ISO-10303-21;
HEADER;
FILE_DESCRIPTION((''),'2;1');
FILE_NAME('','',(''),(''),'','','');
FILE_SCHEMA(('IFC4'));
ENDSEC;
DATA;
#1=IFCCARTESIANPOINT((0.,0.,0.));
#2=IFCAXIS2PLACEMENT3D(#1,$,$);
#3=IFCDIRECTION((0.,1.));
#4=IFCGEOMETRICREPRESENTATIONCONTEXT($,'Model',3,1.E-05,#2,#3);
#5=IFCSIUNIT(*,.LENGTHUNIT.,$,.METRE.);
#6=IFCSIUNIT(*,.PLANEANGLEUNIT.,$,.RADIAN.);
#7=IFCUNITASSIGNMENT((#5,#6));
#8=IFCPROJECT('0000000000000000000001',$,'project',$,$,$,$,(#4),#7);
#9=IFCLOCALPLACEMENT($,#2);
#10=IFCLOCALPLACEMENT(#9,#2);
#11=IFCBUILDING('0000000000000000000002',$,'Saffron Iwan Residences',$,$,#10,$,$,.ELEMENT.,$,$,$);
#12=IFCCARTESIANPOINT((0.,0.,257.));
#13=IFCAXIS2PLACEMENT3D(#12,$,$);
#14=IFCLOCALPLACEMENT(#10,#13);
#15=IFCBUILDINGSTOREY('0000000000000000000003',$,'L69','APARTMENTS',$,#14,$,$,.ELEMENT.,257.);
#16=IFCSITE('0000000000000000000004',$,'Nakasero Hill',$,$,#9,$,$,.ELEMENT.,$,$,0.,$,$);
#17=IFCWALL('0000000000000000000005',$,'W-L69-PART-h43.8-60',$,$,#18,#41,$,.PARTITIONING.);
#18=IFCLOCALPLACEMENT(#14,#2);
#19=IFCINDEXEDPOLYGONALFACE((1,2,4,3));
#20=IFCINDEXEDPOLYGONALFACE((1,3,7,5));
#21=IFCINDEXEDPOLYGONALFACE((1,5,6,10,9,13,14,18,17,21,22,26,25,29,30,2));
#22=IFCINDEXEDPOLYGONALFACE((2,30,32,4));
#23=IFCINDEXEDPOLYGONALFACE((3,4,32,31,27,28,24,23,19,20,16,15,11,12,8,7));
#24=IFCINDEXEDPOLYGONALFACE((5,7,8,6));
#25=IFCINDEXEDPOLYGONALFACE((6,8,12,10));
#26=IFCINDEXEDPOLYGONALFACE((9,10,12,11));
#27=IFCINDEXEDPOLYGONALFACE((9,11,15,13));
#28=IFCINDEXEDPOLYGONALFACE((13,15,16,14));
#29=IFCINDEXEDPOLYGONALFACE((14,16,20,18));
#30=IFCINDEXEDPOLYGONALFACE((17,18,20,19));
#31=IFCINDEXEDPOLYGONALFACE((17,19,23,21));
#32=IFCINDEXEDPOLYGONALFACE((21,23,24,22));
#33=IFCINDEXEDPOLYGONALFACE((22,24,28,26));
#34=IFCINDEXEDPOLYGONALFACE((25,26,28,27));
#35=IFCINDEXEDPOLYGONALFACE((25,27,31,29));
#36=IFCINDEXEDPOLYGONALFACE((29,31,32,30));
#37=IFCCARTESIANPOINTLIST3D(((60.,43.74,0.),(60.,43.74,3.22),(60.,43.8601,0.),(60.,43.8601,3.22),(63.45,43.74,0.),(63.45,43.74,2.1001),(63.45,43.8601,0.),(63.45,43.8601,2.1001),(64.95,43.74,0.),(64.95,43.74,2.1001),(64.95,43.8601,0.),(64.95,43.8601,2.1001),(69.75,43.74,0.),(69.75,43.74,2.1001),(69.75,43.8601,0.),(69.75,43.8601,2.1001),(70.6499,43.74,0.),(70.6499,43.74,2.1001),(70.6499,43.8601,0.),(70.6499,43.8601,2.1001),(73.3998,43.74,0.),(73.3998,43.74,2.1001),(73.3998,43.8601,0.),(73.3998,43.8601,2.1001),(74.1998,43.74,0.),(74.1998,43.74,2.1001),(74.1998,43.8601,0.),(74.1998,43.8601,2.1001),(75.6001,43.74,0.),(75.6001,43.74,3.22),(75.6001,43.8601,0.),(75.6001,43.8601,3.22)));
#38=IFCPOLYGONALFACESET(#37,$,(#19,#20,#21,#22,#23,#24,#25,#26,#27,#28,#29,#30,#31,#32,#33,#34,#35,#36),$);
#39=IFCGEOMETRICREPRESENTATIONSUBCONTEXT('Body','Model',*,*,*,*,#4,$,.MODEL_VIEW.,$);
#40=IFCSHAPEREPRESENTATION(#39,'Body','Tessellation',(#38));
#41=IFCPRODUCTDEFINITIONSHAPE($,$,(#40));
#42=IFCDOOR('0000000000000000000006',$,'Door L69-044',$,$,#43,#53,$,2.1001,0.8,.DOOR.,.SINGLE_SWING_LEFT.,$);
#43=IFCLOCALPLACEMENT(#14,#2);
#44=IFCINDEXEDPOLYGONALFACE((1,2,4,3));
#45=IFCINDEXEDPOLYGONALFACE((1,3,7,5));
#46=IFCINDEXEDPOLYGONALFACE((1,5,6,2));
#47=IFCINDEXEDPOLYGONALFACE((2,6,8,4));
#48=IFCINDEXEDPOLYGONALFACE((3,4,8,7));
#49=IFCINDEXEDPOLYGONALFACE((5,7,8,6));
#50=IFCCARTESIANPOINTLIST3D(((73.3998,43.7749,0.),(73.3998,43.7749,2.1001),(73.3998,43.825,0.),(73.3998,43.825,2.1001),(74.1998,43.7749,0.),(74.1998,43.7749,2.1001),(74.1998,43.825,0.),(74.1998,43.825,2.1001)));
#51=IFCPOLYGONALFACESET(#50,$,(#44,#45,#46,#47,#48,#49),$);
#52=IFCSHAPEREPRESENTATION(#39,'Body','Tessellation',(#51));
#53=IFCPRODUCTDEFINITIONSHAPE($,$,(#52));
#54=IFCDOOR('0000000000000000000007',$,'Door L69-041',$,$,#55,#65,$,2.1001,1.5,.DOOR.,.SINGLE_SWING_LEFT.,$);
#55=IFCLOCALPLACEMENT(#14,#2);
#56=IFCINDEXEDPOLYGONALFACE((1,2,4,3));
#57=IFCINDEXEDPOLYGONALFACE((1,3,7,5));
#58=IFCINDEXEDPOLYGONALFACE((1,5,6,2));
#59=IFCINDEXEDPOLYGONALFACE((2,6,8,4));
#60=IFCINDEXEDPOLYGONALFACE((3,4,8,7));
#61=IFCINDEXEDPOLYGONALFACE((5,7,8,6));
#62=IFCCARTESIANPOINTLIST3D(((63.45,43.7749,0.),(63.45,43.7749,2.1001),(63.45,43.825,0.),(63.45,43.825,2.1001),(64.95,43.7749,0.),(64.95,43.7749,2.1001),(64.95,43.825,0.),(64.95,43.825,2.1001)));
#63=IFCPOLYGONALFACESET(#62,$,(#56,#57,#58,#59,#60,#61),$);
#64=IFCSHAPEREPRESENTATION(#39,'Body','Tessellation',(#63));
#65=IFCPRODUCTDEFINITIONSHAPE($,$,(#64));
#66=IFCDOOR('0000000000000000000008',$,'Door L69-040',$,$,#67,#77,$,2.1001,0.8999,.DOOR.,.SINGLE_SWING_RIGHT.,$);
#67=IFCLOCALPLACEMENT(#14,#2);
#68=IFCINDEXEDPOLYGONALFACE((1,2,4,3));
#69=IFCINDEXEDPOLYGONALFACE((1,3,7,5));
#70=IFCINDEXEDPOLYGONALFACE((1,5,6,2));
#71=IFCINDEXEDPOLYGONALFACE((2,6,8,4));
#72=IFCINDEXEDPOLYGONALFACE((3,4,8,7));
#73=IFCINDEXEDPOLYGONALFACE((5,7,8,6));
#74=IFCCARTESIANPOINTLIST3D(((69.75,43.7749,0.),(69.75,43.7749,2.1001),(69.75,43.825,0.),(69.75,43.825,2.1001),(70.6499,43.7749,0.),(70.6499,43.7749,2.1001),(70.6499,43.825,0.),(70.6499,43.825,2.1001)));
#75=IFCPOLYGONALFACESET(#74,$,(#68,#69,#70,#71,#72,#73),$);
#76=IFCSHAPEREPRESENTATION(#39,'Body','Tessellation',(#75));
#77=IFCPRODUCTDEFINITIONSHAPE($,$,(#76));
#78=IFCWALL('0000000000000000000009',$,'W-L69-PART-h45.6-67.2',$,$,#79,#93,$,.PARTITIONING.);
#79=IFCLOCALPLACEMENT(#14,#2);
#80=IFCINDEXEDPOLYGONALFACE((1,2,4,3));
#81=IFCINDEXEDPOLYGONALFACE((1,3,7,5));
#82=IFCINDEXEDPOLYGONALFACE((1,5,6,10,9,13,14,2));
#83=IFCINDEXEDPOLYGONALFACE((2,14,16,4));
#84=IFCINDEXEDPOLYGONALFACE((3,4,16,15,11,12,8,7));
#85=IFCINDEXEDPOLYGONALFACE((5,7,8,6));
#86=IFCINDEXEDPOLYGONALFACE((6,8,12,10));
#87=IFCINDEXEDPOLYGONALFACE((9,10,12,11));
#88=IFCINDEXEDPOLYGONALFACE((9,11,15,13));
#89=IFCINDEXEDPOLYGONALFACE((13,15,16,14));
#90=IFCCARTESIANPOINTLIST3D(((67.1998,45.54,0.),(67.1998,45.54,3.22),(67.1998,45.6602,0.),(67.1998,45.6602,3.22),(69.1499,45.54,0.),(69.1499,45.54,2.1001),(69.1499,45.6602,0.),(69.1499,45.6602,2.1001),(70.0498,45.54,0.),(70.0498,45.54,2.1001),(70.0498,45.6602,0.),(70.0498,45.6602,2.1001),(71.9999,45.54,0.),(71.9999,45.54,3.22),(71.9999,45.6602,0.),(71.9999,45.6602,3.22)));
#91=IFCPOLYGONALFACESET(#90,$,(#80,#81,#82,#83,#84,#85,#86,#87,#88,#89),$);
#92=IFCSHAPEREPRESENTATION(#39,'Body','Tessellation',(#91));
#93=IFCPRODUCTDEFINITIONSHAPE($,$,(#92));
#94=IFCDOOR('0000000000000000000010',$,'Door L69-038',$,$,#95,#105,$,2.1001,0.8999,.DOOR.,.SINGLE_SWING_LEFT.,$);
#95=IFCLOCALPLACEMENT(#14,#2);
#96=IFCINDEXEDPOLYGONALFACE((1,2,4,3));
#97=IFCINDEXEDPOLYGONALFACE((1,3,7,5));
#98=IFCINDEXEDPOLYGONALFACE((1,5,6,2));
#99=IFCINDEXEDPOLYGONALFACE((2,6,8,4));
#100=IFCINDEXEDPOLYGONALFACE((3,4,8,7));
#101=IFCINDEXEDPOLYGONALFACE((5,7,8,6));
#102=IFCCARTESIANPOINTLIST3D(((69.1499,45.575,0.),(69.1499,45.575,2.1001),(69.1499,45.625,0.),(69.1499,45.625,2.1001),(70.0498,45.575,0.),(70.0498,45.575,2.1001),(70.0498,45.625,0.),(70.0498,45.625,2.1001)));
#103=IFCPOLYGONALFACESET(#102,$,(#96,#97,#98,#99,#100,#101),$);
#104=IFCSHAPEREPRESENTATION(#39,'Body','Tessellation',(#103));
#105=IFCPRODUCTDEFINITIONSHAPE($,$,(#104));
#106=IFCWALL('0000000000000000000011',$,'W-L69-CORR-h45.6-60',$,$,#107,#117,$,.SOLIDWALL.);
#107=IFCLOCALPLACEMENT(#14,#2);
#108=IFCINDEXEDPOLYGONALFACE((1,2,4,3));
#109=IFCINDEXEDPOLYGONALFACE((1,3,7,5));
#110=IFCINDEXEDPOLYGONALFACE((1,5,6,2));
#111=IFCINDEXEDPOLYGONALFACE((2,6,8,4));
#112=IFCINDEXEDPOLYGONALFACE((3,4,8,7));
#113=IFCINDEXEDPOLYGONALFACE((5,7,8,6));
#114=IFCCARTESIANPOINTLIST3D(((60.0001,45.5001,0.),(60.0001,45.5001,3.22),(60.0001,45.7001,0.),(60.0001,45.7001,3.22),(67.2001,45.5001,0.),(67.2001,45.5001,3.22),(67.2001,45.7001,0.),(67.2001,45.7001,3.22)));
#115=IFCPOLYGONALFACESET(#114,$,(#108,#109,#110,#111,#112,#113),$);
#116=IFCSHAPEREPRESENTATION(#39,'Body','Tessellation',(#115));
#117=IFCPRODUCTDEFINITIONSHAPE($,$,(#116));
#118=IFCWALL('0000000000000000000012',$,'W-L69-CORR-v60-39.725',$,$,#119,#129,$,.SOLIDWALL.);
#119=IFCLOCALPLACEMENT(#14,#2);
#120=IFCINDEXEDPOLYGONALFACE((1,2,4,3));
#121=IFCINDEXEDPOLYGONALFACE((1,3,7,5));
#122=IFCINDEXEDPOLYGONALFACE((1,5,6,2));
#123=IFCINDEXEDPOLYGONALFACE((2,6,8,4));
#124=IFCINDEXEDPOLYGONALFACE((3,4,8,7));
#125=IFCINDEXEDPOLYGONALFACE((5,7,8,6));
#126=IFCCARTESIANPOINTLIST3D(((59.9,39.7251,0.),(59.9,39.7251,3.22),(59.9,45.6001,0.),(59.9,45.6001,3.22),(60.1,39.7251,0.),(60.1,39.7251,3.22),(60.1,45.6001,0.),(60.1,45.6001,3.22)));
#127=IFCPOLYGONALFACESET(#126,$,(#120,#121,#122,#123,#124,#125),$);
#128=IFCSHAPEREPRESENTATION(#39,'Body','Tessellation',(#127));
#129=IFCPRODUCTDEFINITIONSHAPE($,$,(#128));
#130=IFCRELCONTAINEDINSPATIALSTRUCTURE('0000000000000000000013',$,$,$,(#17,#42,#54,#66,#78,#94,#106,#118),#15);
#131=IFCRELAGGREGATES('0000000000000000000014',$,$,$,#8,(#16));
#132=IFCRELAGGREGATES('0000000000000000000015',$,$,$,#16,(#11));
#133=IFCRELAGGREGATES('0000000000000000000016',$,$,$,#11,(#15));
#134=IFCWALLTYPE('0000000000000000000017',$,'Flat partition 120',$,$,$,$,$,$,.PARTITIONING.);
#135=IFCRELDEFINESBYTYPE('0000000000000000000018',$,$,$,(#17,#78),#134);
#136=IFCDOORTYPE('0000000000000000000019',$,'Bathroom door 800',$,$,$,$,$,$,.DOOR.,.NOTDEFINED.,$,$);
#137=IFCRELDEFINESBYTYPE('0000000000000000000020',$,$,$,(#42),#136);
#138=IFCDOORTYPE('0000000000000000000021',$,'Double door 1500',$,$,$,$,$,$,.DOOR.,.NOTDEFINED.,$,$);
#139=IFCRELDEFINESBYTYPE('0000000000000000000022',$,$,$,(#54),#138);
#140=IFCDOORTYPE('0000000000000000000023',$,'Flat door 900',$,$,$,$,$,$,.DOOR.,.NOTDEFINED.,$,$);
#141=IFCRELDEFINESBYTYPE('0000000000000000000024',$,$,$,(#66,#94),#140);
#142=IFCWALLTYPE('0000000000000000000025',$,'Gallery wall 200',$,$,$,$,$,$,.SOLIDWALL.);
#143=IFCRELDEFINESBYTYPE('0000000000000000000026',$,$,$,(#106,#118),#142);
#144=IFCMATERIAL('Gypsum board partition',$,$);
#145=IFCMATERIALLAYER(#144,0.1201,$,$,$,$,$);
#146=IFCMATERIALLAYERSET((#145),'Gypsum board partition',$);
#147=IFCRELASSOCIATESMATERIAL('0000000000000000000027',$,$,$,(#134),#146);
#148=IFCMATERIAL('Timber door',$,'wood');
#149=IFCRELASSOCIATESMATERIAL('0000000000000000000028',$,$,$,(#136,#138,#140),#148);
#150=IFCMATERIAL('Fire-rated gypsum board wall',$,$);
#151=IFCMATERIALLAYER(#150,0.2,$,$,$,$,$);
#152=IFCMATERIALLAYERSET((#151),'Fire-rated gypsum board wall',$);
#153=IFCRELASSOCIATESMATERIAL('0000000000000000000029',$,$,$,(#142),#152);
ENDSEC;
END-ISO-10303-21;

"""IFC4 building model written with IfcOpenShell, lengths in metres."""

from ifc_helpers import new_model, si_unit, direction, frame, frame_2d, origin, place, context, subcontext, project, spatial, rectangle, extrude, material, layer, layer_set, type_object, element, fill, save


model = new_model("IFC4")

# Units and contexts
model_context = context("Model", 3, precision=1e-05, world=origin(), true_north=direction((0.0, 1.0)))
body_context = subcontext(model_context, "Body", "Model", "MODEL_VIEW")
ifc_project = project(units=[si_unit("LENGTHUNIT", "METRE"), si_unit("PLANEANGLEUNIT", "RADIAN")], contexts=[model_context])

# Site, building, storey
site_placement = place(None, origin())
site = spatial("IfcSite", under=ifc_project, at=site_placement, Name="Nakasero Hill", CompositionType="ELEMENT", RefElevation=0.0)
building_placement = place(site_placement, origin())
building = spatial("IfcBuilding", under=site, at=building_placement, Name="Saffron Iwan Residences", CompositionType="ELEMENT")
storey_placement = place(building_placement, frame((0.0, 0.0, 257.0)))
storey = spatial("IfcBuildingStorey", under=building, at=storey_placement, Name="L69", Description="APARTMENTS", CompositionType="ELEMENT", Elevation=257.0)

# Wall, openings, doors
ifc_material_1 = material(Name="Gypsum board partition")
ifc_layer_1 = layer(ifc_material_1, 0.1201)
ifc_layer_set_1 = layer_set([ifc_layer_1], Name="Gypsum board partition")
wall_type_1 = type_object("IfcWallType", Name="Flat partition 120", PredefinedType="PARTITIONING", material=ifc_layer_set_1)
wall_1_placement = place(storey_placement, frame((60.0, 43.8, 0.0), z_axis=(0.0, 0.0, 1.0), x_axis=(1.0, 0.0, 0.0)))
wall_1 = element("IfcWall", 1, at=wall_1_placement, inside=storey, type_object=wall_type_1, Name="W-L69-PART-h43.8-60", PredefinedType="PARTITIONING", context=body_context, shape_type="SweptSolid", body=[
    extrude(rectangle(XDim=15.6001, YDim=0.1201, at=frame_2d((7.8, 0.0))), origin(), (0.0, 0.0, 1.0), 3.22),
])
opening_1_placement = place(wall_1_placement, frame((9.75, 0.0, 0.0)))
opening_1 = element("IfcOpeningElement", 2, at=opening_1_placement, cuts=wall_1, PredefinedType="OPENING", context=body_context, shape_type="SweptSolid", body=[
    extrude(rectangle(XDim=0.8999, YDim=2.1001, at=frame_2d((0.45, 1.05))), frame((0.0, 0.0701, 0.0), z_axis=(0.0, -1.0, 0.0), x_axis=(1.0, 0.0, 0.0)), (0.0, 0.0, 1.0), 0.1401),
])
opening_2_placement = place(wall_1_placement, frame((3.45, 0.0, 0.0)))
opening_2 = element("IfcOpeningElement", 3, at=opening_2_placement, cuts=wall_1, PredefinedType="OPENING", context=body_context, shape_type="SweptSolid", body=[
    extrude(rectangle(XDim=1.5, YDim=2.1001, at=frame_2d((0.75, 1.05))), frame((0.0, 0.0701, 0.0), z_axis=(0.0, -1.0, 0.0), x_axis=(1.0, 0.0, 0.0)), (0.0, 0.0, 1.0), 0.1401),
])
opening_3_placement = place(wall_1_placement, frame((13.3999, 0.0, 0.0)))
opening_3 = element("IfcOpeningElement", 4, at=opening_3_placement, cuts=wall_1, PredefinedType="OPENING", context=body_context, shape_type="SweptSolid", body=[
    extrude(rectangle(XDim=0.8, YDim=2.1001, at=frame_2d((0.3999, 1.05))), frame((0.0, 0.0701, 0.0), z_axis=(0.0, -1.0, 0.0), x_axis=(1.0, 0.0, 0.0)), (0.0, 0.0, 1.0), 0.1401),
])
ifc_material_2 = material(Name="Timber door", Category="wood")
door_type_1 = type_object("IfcDoorType", Name="Bathroom door 800", OperationType="NOTDEFINED", PredefinedType="DOOR", material=ifc_material_2)
door_1_placement = place(opening_3_placement, origin())
door_1 = element("IfcDoor", 5, at=door_1_placement, inside=storey, type_object=door_type_1, Name="Door L69-044", OperationType="SINGLE_SWING_LEFT", OverallHeight=2.1001, OverallWidth=0.8, PredefinedType="DOOR", context=body_context, shape_type="SweptSolid", body=[
    extrude(rectangle(XDim=0.8, YDim=2.1001, at=frame_2d((0.3999, 1.05))), frame((0.0, 0.0249, 0.0), z_axis=(0.0, -1.0, 0.0), x_axis=(1.0, 0.0, 0.0)), (0.0, 0.0, 1.0), 0.05),
])
fill(opening_3, door_1)
door_type_2 = type_object("IfcDoorType", Name="Double door 1500", OperationType="NOTDEFINED", PredefinedType="DOOR", material=ifc_material_2)
door_2_placement = place(opening_2_placement, origin())
door_2 = element("IfcDoor", 6, at=door_2_placement, inside=storey, type_object=door_type_2, Name="Door L69-041", OperationType="SINGLE_SWING_LEFT", OverallHeight=2.1001, OverallWidth=1.5, PredefinedType="DOOR", context=body_context, shape_type="SweptSolid", body=[
    extrude(rectangle(XDim=1.5, YDim=2.1001, at=frame_2d((0.75, 1.05))), frame((0.0, 0.0249, 0.0), z_axis=(0.0, -1.0, 0.0), x_axis=(1.0, 0.0, 0.0)), (0.0, 0.0, 1.0), 0.05),
])
fill(opening_2, door_2)
door_type_3 = type_object("IfcDoorType", Name="Flat door 900", OperationType="NOTDEFINED", PredefinedType="DOOR", material=ifc_material_2)
door_3_placement = place(opening_1_placement, origin())
door_3 = element("IfcDoor", 7, at=door_3_placement, inside=storey, type_object=door_type_3, Name="Door L69-040", OperationType="SINGLE_SWING_RIGHT", OverallHeight=2.1001, OverallWidth=0.8999, PredefinedType="DOOR", context=body_context, shape_type="SweptSolid", body=[
    extrude(rectangle(XDim=0.8999, YDim=2.1001, at=frame_2d((0.45, 1.05))), frame((0.0, 0.0249, 0.0), z_axis=(0.0, -1.0, 0.0), x_axis=(1.0, 0.0, 0.0)), (0.0, 0.0, 1.0), 0.05),
])
fill(opening_1, door_3)

# Wall, opening, door
wall_2_placement = place(storey_placement, frame((67.2, 45.6001, 0.0), z_axis=(0.0, 0.0, 1.0), x_axis=(1.0, 0.0, 0.0)))
wall_2 = element("IfcWall", 8, at=wall_2_placement, inside=storey, type_object=wall_type_1, Name="W-L69-PART-h45.6-67.2", PredefinedType="PARTITIONING", context=body_context, shape_type="SweptSolid", body=[
    extrude(rectangle(XDim=4.8, YDim=0.1201, at=frame_2d((2.3999, 0.0))), origin(), (0.0, 0.0, 1.0), 3.22),
])
opening_4_placement = place(wall_2_placement, frame((1.95, 0.0, 0.0)))
opening_4 = element("IfcOpeningElement", 9, at=opening_4_placement, cuts=wall_2, PredefinedType="OPENING", context=body_context, shape_type="SweptSolid", body=[
    extrude(rectangle(XDim=0.8999, YDim=2.1001, at=frame_2d((0.45, 1.05))), frame((0.0, 0.0701, 0.0), z_axis=(0.0, -1.0, 0.0), x_axis=(1.0, 0.0, 0.0)), (0.0, 0.0, 1.0), 0.1401),
])
door_4_placement = place(opening_4_placement, origin())
door_4 = element("IfcDoor", 10, at=door_4_placement, inside=storey, type_object=door_type_3, Name="Door L69-038", OperationType="SINGLE_SWING_LEFT", OverallHeight=2.1001, OverallWidth=0.8999, PredefinedType="DOOR", context=body_context, shape_type="SweptSolid", body=[
    extrude(rectangle(XDim=0.8999, YDim=2.1001, at=frame_2d((0.45, 1.05))), frame((0.0, 0.0249, 0.0), z_axis=(0.0, -1.0, 0.0), x_axis=(1.0, 0.0, 0.0)), (0.0, 0.0, 1.0), 0.05),
])
fill(opening_4, door_4)

# Walls
ifc_material_3 = material(Name="Fire-rated gypsum board wall")
ifc_layer_2 = layer(ifc_material_3, 0.2)
ifc_layer_set_2 = layer_set([ifc_layer_2], Name="Fire-rated gypsum board wall")
wall_type_2 = type_object("IfcWallType", Name="Gallery wall 200", PredefinedType="SOLIDWALL", material=ifc_layer_set_2)
wall_3_placement = place(storey_placement, frame((60.0, 45.6001, 0.0), z_axis=(0.0, 0.0, 1.0), x_axis=(1.0, 0.0, 0.0)))
element("IfcWall", 11, at=wall_3_placement, inside=storey, type_object=wall_type_2, Name="W-L69-CORR-h45.6-60", PredefinedType="SOLIDWALL", context=body_context, shape_type="SweptSolid", body=[
    extrude(rectangle(XDim=7.2, YDim=0.2, at=frame_2d((3.6001, 0.0))), origin(), (0.0, 0.0, 1.0), 3.22),
])
wall_4_placement = place(storey_placement, frame((60.0, 39.7251, 0.0), z_axis=(0.0, 0.0, 1.0), x_axis=(0.0, 1.0, 0.0)))
element("IfcWall", 12, at=wall_4_placement, inside=storey, type_object=wall_type_2, Name="W-L69-CORR-v60-39.725", PredefinedType="SOLIDWALL", context=body_context, shape_type="SweptSolid", body=[
    extrude(rectangle(XDim=5.875, YDim=0.2, at=frame_2d((2.9375, 0.0))), origin(), (0.0, 0.0, 1.0), 3.22),
])

save(model, "model.ifc")
